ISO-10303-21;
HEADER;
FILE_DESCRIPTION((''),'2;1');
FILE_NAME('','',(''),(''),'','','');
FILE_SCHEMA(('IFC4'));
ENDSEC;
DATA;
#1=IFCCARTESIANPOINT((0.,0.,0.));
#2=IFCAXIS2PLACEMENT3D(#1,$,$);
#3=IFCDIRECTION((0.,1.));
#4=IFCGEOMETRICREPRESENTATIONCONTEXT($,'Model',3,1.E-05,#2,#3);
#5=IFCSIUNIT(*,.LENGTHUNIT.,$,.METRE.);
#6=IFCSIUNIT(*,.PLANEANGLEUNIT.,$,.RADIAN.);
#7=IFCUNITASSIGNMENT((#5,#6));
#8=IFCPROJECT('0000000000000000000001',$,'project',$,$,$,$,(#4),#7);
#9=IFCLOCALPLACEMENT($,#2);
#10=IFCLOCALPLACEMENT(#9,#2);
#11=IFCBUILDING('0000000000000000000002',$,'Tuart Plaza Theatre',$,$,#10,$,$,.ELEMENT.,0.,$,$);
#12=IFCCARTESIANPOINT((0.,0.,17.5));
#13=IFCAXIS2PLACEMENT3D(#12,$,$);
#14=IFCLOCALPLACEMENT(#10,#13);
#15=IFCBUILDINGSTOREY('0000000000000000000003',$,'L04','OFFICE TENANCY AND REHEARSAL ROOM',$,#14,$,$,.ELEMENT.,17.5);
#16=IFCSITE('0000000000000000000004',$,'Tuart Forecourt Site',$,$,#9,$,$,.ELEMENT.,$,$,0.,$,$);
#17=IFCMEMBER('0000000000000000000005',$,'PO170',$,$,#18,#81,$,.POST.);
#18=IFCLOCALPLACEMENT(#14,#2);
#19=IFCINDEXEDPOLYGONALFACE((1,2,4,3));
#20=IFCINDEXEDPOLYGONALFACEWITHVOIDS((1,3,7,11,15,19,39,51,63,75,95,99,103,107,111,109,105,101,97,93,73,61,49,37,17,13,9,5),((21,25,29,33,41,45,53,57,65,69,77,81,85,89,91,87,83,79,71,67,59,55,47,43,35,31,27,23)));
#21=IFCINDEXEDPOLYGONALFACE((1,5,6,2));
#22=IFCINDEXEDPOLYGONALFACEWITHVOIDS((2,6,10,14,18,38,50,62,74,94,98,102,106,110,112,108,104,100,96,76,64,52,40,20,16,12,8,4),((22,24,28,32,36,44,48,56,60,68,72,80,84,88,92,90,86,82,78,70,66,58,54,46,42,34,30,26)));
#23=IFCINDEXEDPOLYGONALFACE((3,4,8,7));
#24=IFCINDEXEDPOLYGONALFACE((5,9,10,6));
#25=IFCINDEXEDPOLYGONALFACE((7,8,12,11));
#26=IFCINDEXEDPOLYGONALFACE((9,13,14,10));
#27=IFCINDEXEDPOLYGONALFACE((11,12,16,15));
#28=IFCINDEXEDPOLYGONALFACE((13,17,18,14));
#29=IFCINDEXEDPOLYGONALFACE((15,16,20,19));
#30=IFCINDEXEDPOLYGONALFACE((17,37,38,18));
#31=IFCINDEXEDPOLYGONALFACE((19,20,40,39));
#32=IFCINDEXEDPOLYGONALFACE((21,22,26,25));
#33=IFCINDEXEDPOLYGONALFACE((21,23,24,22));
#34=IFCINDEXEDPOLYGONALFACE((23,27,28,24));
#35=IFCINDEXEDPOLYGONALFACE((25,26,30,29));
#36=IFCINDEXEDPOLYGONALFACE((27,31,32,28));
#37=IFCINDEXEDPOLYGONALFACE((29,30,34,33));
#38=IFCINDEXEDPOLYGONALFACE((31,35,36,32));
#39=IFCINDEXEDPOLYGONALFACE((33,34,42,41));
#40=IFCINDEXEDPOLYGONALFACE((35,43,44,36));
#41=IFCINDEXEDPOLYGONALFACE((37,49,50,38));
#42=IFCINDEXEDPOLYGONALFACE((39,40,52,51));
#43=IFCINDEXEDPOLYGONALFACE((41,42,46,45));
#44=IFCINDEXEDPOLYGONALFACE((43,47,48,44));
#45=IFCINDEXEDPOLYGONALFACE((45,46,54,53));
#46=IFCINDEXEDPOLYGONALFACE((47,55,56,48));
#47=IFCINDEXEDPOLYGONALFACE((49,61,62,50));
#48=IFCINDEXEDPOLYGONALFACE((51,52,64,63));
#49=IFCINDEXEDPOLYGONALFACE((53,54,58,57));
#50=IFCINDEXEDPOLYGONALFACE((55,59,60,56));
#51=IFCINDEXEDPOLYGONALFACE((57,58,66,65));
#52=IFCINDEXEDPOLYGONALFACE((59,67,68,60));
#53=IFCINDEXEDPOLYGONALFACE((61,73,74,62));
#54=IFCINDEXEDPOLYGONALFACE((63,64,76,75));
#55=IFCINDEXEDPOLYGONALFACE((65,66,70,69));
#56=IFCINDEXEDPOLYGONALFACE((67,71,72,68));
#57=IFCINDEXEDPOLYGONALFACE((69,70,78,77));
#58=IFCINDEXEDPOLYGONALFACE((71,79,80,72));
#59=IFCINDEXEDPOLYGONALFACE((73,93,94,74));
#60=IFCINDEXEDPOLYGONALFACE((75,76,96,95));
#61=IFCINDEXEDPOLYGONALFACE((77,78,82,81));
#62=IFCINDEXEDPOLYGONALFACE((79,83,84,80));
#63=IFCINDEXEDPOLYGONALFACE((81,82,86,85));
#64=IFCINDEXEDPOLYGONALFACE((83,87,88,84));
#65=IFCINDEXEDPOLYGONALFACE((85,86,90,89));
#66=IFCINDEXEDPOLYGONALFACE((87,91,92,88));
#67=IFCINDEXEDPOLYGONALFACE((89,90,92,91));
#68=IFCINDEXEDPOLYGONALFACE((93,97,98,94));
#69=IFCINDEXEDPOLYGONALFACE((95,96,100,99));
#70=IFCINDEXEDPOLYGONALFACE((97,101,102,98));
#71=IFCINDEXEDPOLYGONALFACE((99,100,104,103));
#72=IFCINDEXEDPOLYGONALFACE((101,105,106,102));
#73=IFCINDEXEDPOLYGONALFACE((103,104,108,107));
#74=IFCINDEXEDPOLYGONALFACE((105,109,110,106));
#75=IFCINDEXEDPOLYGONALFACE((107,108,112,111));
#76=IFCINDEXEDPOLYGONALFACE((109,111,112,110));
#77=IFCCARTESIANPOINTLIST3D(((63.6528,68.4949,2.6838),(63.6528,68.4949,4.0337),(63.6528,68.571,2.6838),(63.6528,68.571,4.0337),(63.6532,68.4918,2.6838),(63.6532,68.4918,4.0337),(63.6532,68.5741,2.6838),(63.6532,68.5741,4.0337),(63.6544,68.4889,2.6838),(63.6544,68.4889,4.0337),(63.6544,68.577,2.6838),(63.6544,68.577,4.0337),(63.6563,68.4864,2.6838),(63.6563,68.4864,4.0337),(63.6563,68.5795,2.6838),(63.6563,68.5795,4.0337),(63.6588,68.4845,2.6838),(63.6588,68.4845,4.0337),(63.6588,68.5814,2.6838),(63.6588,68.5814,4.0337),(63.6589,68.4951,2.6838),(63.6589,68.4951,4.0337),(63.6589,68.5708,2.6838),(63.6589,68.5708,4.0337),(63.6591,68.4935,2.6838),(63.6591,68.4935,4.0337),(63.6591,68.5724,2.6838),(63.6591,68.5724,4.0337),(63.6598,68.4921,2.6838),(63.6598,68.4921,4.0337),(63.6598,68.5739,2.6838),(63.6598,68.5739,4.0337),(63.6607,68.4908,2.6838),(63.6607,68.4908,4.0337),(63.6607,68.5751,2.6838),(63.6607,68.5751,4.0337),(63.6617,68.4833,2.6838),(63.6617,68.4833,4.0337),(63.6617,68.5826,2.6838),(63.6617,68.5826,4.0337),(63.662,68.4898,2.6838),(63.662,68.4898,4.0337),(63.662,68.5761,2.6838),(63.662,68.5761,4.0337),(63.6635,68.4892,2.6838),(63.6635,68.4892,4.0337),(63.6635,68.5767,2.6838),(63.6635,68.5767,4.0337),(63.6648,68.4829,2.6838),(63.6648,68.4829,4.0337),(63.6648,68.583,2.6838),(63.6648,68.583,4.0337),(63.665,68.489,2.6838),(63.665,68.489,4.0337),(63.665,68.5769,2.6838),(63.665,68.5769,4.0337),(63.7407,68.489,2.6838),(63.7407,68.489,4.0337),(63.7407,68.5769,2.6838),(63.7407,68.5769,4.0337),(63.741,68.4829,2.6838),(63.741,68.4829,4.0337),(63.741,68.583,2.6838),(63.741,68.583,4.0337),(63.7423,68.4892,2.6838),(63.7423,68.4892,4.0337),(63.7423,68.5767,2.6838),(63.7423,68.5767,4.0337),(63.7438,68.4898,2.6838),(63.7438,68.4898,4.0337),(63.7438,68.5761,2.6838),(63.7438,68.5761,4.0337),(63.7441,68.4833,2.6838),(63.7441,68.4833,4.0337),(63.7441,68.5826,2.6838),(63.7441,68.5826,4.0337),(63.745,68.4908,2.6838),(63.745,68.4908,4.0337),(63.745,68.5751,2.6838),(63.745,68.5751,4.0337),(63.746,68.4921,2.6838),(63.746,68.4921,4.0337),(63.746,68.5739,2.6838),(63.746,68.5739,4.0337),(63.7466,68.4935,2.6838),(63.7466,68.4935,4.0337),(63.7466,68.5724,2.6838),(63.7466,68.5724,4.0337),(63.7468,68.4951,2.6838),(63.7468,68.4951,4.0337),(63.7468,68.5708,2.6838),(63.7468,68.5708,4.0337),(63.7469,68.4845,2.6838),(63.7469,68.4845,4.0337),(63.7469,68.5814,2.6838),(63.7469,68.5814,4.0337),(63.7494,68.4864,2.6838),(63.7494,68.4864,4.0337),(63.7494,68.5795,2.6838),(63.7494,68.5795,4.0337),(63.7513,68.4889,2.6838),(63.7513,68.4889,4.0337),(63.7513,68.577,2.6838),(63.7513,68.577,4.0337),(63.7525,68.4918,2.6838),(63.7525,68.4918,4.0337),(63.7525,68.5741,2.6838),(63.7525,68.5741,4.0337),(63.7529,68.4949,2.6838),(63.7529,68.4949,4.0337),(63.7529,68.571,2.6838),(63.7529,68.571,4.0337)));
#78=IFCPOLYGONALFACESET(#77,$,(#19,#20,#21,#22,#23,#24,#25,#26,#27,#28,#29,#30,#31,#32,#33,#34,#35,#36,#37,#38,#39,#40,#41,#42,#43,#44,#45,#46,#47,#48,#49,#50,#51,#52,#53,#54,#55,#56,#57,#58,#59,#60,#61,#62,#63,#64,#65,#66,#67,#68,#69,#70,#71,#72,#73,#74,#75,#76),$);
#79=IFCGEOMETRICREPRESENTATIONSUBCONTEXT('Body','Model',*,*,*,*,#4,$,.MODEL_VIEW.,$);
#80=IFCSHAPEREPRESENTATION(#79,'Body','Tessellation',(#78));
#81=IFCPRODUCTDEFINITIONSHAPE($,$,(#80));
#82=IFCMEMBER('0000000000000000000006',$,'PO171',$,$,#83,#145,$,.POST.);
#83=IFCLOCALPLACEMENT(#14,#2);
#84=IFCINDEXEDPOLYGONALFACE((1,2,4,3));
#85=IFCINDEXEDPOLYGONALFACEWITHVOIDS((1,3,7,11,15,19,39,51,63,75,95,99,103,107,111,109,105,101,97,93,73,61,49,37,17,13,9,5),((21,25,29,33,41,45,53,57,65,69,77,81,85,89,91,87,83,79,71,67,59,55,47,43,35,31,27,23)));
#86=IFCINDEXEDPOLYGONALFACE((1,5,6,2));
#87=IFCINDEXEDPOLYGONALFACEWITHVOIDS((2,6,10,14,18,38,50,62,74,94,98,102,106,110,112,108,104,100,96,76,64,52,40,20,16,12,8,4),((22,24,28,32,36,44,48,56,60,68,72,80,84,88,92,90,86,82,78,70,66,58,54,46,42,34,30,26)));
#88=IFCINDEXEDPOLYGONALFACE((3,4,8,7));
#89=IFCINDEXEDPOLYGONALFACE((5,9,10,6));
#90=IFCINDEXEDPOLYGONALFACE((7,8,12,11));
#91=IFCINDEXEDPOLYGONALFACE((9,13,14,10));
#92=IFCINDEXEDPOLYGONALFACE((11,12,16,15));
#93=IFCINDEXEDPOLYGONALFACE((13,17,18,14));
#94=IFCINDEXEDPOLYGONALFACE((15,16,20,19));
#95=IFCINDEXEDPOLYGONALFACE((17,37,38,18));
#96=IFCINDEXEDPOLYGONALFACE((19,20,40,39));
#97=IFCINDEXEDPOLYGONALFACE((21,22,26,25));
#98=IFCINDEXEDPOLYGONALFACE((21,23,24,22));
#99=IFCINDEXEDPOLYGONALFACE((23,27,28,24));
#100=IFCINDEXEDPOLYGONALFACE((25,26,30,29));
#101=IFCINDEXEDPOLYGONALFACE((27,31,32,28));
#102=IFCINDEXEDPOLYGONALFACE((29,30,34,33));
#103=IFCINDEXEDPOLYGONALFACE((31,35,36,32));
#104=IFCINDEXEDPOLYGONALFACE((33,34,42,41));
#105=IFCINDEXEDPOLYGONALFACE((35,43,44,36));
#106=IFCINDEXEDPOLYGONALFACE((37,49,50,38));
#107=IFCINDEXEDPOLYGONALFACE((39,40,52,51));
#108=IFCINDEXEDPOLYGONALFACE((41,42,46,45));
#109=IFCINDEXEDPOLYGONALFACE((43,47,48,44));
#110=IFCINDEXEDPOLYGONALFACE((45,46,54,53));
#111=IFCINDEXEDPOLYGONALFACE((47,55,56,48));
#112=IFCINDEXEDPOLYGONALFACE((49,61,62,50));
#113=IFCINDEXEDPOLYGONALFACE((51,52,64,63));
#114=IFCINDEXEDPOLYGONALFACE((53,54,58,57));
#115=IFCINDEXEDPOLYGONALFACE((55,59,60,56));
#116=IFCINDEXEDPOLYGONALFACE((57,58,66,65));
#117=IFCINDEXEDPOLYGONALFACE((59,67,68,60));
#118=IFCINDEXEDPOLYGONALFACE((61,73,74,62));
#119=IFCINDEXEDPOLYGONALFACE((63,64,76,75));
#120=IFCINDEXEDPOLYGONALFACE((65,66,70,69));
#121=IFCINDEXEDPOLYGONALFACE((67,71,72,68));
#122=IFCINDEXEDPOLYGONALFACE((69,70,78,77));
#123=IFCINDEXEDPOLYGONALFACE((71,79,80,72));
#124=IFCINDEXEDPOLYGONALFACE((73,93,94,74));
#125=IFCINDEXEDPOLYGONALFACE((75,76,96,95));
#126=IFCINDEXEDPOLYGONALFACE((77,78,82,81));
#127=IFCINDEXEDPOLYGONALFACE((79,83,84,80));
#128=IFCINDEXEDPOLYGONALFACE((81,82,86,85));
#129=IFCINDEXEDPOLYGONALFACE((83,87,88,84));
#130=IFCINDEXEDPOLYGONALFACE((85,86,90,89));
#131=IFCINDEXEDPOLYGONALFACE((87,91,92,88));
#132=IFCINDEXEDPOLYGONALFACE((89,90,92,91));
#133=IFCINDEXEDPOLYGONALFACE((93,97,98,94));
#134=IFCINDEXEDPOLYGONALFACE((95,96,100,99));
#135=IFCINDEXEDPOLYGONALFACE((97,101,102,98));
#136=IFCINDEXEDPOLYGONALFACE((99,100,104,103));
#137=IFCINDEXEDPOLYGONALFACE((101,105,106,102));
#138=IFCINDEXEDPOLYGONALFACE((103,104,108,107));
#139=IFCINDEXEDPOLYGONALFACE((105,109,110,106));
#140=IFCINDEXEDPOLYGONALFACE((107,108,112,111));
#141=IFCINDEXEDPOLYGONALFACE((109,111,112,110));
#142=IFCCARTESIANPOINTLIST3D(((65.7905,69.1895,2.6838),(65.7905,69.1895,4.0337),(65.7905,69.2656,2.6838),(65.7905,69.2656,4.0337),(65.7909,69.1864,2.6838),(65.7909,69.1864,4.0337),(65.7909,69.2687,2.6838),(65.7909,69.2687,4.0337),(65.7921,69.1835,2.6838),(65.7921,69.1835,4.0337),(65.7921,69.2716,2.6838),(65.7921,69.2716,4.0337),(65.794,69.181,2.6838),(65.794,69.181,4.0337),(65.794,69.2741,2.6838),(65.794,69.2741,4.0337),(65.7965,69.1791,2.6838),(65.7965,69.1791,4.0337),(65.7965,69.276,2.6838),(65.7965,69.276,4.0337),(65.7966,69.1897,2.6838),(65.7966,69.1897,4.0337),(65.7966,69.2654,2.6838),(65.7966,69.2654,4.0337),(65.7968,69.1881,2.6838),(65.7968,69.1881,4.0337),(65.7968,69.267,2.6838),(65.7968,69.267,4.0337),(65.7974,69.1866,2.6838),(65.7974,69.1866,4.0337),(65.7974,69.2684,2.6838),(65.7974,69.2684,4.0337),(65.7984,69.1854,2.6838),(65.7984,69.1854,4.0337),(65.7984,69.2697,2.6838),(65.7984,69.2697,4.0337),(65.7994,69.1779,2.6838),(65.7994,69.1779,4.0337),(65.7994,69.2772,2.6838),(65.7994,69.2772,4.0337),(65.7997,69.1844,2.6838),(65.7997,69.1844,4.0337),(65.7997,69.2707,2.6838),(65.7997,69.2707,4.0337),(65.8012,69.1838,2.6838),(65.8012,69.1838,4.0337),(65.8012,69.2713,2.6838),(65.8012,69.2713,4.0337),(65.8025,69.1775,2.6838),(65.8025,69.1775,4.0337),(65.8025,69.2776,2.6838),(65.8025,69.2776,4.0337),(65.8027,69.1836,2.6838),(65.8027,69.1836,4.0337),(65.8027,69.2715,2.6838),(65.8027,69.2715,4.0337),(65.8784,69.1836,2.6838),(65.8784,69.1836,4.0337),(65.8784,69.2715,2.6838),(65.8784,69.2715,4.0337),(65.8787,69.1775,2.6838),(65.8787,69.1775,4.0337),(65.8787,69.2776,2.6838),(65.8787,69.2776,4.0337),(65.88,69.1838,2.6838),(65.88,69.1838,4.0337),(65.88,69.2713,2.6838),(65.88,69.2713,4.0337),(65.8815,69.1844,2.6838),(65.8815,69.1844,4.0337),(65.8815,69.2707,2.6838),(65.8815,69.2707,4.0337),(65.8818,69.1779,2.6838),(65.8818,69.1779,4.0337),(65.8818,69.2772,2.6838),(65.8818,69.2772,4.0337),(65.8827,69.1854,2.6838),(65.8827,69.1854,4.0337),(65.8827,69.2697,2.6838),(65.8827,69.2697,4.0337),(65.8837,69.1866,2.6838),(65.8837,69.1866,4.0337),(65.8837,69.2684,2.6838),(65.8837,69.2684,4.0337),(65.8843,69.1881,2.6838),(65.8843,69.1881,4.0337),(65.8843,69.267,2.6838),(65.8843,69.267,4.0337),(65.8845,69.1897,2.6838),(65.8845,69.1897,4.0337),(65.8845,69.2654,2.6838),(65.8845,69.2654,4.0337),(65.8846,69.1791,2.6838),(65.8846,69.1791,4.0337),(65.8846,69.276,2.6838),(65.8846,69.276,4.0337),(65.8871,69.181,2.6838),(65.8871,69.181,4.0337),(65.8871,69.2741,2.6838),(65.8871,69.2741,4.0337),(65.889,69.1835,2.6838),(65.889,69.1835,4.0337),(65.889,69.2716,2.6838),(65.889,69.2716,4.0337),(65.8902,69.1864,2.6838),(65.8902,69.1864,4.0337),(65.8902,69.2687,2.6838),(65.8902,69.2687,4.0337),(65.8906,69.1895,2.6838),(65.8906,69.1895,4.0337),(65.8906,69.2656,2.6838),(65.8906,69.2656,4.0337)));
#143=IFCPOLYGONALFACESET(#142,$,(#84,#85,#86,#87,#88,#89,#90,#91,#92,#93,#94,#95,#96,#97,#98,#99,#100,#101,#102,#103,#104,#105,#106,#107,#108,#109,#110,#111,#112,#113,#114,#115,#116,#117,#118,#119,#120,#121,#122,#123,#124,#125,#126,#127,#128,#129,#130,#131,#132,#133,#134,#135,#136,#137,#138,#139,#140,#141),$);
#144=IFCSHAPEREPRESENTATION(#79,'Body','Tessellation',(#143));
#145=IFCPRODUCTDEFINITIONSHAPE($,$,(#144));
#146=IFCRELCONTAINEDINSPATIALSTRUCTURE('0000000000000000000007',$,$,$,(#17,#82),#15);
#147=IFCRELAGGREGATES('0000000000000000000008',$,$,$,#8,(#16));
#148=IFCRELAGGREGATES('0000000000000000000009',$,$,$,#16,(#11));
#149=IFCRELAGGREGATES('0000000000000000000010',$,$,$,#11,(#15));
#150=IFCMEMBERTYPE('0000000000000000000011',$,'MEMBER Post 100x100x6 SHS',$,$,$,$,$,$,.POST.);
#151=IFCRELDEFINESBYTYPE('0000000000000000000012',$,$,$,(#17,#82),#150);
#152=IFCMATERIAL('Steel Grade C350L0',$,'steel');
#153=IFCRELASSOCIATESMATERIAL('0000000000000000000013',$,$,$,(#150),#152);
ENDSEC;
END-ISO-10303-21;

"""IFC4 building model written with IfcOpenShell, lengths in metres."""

from ifc_helpers import new_model, si_unit, direction, frame, origin, origin_2d, place, context, subcontext, project, spatial, hollow_rectangle, extrude, material, material_profile, profile_set, type_object, element, save


model = new_model("IFC4")

# Units and contexts
model_context = context("Model", 3, precision=1e-05, world=origin(), true_north=direction((0.0, 1.0)))
body_context = subcontext(model_context, "Body", "Model", "MODEL_VIEW")
ifc_project = project(units=[si_unit("LENGTHUNIT", "METRE"), si_unit("PLANEANGLEUNIT", "RADIAN")], contexts=[model_context])

# Site, building, storey
site_placement = place(None, origin())
site = spatial("IfcSite", under=ifc_project, at=site_placement, Name="Tuart Forecourt Site", CompositionType="ELEMENT", RefElevation=0.0)
building_placement = place(site_placement, origin())
building = spatial("IfcBuilding", under=site, at=building_placement, Name="Tuart Plaza Theatre", CompositionType="ELEMENT", ElevationOfRefHeight=0.0)
storey_placement = place(building_placement, frame((0.0, 0.0, 17.5)))
storey = spatial("IfcBuildingStorey", under=building, at=storey_placement, Name="L04", Description="OFFICE TENANCY AND REHEARSAL ROOM", CompositionType="ELEMENT", Elevation=17.5)

# Members
ifc_material_1 = material(Name="Steel Grade C350L0", Category="steel")
ifc_material_profile_1 = material_profile(ifc_material_1, hollow_rectangle(XDim=0.1001, YDim=0.1001, WallThickness=0.0061, InnerFilletRadius=0.0061, OuterFilletRadius=0.012, at=origin_2d()), Name="100x100x6 SHS")
ifc_profile_set_1 = profile_set([ifc_material_profile_1], Name="Steel Grade C350L0")
member_type_1 = type_object("IfcMemberType", Name="MEMBER Post 100x100x6 SHS", PredefinedType="POST", material=ifc_profile_set_1)
for number, where, z_axis, x_axis, name in (
    (1, (63.7029, 68.533, 2.6838), (0.0, 0.0, 1.0), (1.0, 0.0, 0.0), "PO170"),
    (2, (65.8406, 69.2275, 2.6838), (0.0, 0.0, 1.0), (1.0, 0.0, 0.0), "PO171"),
):
    element("IfcMember", number, at=place(storey_placement, frame(where, z_axis=z_axis, x_axis=x_axis)), inside=storey, type_object=member_type_1, Name=name, PredefinedType="POST", context=body_context, shape_type="SweptSolid", body=[
        extrude(hollow_rectangle(XDim=0.1001, YDim=0.1001, WallThickness=0.0061, InnerFilletRadius=0.0061, OuterFilletRadius=0.012, at=origin_2d()), origin(), (0.0, 0.0, 1.0), 1.3499),
    ])

save(model, "model.ifc")
